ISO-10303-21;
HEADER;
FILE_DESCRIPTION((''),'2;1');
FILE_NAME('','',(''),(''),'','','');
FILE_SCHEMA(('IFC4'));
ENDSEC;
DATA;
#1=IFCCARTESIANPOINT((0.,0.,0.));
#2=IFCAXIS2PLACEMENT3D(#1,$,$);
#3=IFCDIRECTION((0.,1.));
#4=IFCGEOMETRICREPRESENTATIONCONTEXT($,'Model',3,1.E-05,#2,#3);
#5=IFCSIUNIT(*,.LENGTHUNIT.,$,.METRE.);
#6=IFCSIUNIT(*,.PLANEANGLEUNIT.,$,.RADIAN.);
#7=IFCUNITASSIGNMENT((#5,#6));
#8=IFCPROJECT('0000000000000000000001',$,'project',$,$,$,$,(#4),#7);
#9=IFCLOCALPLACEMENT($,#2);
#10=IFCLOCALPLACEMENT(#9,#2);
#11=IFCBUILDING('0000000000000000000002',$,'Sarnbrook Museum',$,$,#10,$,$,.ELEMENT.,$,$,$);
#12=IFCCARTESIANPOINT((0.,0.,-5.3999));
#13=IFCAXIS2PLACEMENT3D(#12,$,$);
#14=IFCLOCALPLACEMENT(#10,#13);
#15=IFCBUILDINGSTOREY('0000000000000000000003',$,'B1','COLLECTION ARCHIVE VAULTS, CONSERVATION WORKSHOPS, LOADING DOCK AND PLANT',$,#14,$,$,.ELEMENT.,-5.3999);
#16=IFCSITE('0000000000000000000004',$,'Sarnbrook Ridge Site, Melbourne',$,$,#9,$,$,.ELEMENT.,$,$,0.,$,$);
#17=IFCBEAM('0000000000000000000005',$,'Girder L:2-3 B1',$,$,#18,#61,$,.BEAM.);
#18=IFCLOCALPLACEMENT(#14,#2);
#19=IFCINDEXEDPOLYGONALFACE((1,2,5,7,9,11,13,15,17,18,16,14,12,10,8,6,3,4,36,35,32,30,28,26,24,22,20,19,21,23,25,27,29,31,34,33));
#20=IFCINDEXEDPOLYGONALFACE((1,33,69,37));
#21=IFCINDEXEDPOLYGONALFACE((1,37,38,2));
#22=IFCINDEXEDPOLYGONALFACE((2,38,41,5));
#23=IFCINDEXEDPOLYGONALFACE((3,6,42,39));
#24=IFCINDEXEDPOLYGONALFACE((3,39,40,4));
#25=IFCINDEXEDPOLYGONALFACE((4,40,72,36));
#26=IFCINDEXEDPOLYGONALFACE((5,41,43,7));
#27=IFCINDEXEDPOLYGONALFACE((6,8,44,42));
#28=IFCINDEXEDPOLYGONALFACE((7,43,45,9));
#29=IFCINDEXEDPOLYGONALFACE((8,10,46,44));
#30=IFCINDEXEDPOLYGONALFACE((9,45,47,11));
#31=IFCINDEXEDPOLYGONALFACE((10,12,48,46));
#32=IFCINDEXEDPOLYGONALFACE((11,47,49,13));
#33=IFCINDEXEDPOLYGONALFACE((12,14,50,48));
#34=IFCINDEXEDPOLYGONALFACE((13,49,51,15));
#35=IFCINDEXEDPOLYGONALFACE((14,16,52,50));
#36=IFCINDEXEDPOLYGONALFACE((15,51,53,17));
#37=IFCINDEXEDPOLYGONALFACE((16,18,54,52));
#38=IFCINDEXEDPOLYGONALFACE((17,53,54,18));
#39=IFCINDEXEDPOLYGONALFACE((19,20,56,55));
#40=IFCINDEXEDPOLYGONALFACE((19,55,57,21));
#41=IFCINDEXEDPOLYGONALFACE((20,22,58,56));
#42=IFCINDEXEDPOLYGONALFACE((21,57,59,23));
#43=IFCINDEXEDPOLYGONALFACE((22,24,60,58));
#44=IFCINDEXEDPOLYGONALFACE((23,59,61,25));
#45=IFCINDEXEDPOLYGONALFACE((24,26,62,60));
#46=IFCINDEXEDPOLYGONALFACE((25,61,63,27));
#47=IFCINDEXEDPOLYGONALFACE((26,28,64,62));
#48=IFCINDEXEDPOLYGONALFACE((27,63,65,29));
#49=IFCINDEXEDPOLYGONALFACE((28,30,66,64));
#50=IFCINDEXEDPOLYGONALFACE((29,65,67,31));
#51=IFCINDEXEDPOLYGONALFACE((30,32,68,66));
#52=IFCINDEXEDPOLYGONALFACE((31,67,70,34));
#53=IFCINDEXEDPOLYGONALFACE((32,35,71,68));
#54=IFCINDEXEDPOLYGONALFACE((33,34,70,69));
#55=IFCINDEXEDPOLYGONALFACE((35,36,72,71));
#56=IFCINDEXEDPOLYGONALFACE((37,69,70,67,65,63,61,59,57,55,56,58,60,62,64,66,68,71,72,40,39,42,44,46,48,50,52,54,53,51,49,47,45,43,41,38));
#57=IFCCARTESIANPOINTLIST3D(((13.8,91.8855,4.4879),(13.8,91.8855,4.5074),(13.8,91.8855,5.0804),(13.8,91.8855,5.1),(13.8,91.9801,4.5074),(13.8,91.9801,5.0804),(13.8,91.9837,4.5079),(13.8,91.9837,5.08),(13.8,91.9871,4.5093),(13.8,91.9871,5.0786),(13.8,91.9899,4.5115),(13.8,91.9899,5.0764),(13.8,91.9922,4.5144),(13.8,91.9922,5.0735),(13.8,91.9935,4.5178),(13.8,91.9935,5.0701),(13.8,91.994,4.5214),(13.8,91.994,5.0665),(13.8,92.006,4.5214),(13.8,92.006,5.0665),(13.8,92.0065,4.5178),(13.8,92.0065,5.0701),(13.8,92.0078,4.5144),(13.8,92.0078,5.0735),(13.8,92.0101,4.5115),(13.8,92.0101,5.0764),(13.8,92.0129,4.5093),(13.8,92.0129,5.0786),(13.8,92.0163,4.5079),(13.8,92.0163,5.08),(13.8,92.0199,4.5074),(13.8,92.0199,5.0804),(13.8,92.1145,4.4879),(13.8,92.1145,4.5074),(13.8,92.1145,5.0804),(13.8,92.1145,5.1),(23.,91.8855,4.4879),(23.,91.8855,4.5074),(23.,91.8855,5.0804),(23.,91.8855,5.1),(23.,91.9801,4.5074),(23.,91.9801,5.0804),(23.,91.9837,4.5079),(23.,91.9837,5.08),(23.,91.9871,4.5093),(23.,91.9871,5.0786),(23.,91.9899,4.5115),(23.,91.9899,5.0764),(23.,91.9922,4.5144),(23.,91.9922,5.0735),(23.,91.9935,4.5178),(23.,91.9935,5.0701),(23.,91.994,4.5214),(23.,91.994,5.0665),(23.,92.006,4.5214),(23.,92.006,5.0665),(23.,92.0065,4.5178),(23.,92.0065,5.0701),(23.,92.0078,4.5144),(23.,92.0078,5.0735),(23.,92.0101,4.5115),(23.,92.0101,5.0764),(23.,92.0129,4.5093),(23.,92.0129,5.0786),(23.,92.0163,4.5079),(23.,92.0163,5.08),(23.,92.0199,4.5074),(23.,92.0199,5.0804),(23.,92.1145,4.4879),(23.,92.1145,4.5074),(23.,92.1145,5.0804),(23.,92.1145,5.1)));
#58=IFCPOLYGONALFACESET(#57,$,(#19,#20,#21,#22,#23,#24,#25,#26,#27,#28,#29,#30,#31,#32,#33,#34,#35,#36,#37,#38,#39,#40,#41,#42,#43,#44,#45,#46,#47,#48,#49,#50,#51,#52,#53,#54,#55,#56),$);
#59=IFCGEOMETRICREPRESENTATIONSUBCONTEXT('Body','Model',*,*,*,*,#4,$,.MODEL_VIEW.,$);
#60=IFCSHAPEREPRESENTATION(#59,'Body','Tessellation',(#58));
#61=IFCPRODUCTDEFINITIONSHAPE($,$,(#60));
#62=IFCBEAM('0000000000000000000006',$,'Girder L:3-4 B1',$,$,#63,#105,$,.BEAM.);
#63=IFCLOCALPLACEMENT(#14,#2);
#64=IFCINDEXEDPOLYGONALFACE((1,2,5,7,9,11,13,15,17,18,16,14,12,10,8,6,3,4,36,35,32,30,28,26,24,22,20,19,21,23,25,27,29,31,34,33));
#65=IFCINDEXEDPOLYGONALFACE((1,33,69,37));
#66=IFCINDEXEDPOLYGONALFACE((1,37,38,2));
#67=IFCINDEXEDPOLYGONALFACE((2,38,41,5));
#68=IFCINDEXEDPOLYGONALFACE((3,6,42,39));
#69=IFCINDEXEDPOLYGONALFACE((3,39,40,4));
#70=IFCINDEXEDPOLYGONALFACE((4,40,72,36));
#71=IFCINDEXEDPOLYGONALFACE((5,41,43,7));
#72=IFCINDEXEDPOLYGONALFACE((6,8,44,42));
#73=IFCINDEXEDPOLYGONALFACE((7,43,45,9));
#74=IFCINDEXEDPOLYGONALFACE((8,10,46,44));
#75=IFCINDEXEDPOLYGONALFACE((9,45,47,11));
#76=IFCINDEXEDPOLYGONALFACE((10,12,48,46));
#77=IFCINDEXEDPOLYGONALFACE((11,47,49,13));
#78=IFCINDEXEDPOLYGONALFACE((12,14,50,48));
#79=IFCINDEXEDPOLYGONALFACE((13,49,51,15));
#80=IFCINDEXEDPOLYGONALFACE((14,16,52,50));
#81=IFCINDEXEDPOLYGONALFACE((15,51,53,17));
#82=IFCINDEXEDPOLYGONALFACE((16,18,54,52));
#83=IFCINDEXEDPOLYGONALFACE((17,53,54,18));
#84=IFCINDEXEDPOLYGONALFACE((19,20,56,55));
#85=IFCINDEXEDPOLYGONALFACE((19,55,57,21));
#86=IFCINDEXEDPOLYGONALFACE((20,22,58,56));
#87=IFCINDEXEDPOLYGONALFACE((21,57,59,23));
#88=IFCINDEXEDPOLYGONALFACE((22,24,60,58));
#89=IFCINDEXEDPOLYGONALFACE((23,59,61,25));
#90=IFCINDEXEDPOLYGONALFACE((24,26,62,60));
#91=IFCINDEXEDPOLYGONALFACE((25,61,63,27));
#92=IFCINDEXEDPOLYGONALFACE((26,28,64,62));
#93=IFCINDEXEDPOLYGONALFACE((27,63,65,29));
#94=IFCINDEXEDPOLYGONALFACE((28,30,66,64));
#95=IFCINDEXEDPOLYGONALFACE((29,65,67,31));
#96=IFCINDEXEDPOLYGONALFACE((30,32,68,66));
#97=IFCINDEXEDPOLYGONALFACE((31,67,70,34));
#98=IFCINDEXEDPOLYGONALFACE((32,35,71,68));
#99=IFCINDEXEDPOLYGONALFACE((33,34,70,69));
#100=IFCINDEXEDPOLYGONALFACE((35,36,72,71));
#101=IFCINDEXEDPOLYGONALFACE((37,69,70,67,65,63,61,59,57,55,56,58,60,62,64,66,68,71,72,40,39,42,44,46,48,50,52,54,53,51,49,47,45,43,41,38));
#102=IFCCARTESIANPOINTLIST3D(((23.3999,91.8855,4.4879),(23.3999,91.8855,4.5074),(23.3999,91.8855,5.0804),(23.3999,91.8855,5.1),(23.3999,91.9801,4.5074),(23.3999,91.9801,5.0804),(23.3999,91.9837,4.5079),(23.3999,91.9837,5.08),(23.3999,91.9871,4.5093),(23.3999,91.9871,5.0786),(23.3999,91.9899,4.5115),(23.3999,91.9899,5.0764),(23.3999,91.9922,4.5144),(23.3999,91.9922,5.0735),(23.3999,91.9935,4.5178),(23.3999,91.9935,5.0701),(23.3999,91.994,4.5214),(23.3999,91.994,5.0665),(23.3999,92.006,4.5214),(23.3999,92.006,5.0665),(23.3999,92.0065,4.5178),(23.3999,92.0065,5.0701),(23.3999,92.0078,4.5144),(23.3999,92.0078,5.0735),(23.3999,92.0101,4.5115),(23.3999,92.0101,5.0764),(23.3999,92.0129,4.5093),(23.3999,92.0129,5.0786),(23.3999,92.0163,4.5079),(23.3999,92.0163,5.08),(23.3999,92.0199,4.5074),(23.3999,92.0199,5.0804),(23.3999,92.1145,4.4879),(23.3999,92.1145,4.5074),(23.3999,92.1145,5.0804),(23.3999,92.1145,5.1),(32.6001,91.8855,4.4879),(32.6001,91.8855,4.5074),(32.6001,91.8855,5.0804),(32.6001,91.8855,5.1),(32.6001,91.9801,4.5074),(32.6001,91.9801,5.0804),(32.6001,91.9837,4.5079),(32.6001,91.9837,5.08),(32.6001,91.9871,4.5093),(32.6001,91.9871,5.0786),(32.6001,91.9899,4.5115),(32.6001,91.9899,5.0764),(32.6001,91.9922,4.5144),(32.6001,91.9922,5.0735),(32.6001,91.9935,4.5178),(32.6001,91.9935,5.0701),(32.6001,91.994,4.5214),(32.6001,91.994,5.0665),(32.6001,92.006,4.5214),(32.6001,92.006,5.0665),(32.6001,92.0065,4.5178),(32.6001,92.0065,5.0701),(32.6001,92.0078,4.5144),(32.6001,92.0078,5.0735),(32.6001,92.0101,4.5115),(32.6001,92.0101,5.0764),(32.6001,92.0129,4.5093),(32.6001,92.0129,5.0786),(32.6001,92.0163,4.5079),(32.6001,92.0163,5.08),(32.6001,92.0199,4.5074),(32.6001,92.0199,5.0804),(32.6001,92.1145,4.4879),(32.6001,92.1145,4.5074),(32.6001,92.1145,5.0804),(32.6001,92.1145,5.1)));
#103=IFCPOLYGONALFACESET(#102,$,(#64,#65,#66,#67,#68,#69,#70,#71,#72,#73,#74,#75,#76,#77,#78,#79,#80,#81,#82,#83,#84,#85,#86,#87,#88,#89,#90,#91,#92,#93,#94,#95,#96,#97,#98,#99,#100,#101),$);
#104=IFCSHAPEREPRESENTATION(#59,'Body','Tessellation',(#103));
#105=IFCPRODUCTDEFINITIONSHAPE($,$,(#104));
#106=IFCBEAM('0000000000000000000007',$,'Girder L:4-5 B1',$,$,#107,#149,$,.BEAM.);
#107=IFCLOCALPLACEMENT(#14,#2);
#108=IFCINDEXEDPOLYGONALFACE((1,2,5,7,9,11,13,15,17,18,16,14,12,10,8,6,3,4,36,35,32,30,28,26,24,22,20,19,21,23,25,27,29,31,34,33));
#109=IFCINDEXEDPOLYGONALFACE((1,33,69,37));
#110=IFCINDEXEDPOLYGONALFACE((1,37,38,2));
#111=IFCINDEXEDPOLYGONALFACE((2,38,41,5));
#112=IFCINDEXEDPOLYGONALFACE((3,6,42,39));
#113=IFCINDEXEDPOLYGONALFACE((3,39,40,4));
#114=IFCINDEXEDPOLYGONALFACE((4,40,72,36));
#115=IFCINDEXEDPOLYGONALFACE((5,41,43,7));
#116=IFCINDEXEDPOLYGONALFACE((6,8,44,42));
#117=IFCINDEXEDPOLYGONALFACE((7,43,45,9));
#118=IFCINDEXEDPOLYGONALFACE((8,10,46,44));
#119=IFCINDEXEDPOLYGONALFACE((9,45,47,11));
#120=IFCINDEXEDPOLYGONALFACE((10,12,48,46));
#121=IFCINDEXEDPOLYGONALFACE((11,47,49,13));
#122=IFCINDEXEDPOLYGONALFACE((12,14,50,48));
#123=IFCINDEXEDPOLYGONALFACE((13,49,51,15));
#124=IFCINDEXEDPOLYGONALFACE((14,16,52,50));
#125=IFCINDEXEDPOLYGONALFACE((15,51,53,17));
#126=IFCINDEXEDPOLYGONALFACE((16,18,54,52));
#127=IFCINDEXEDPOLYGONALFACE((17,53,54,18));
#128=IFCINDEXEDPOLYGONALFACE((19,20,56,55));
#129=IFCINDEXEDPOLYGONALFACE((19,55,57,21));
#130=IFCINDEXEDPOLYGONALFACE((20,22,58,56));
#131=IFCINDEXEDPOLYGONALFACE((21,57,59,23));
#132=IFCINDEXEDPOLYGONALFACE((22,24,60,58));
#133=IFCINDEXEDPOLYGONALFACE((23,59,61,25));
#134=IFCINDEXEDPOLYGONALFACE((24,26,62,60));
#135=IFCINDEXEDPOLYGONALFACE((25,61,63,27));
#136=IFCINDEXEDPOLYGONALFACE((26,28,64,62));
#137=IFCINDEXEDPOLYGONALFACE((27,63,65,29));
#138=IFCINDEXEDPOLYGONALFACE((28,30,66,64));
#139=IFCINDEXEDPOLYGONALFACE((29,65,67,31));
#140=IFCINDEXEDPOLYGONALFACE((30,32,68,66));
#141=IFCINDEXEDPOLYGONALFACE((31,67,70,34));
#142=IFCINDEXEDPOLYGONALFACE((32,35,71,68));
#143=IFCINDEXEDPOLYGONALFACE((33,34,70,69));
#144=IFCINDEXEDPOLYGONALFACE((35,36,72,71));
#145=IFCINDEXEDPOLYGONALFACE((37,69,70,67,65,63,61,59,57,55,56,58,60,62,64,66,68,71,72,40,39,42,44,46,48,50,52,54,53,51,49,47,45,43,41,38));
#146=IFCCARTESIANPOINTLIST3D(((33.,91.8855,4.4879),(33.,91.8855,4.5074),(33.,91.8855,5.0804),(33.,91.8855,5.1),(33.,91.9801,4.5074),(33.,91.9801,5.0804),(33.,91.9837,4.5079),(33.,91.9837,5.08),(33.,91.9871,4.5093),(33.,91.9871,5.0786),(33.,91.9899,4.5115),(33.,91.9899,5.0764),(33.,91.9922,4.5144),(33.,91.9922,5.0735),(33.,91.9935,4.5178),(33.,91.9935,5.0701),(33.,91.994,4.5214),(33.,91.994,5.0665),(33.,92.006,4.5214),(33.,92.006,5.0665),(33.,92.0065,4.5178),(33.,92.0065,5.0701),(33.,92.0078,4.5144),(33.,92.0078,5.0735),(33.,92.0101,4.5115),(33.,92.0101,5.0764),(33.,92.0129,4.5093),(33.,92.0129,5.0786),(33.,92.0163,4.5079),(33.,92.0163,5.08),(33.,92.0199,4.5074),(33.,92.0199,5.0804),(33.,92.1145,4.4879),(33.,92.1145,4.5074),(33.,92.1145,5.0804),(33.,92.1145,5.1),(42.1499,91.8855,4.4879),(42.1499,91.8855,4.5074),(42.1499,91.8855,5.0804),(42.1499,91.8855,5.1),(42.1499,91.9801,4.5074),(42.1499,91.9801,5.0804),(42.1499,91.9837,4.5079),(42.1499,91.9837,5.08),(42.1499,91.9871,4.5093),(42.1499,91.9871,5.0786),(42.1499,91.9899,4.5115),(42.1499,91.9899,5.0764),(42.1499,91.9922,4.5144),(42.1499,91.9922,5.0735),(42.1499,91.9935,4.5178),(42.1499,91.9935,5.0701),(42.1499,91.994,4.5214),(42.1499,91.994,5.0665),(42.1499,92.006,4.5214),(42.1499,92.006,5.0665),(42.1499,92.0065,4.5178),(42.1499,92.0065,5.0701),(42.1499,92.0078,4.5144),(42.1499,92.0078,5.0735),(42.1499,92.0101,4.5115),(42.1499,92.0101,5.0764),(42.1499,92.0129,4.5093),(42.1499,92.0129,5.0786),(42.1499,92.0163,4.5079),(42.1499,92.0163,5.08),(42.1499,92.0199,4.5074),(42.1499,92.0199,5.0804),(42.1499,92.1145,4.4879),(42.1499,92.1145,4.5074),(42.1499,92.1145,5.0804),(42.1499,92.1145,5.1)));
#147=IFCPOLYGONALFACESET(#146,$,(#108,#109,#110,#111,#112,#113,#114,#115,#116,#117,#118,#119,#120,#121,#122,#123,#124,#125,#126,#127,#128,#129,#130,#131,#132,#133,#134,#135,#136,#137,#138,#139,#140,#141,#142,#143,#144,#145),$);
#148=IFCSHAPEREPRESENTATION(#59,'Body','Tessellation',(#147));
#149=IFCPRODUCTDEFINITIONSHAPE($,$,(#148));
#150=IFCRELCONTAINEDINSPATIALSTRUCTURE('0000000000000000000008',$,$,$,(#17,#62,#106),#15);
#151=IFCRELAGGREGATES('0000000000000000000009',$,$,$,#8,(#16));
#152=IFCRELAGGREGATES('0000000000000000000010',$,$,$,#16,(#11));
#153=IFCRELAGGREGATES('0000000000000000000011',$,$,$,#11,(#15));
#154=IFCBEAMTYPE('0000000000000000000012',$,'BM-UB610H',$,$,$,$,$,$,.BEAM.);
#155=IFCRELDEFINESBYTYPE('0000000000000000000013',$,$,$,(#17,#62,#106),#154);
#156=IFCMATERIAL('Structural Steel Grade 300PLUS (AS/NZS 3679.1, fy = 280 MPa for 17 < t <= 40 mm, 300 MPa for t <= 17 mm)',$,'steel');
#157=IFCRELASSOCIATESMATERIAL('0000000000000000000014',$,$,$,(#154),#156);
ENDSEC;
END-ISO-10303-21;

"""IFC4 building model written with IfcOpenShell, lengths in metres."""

from ifc_helpers import new_model, si_unit, direction, frame, origin, origin_2d, place, context, subcontext, project, spatial, i_section, extrude, material, material_profile, profile_set, type_object, element, save


model = new_model("IFC4")

# Units and contexts
model_context = context("Model", 3, precision=1e-05, world=origin(), true_north=direction((0.0, 1.0)))
body_context = subcontext(model_context, "Body", "Model", "MODEL_VIEW")
ifc_project = project(units=[si_unit("LENGTHUNIT", "METRE"), si_unit("PLANEANGLEUNIT", "RADIAN")], contexts=[model_context])

# Site, building, storey
site_placement = place(None, origin())
site = spatial("IfcSite", under=ifc_project, at=site_placement, Name="Sarnbrook Ridge Site, Melbourne", CompositionType="ELEMENT", RefElevation=0.0)
building_placement = place(site_placement, origin())
building = spatial("IfcBuilding", under=site, at=building_placement, Name="Sarnbrook Museum", CompositionType="ELEMENT")
storey_placement = place(building_placement, frame((0.0, 0.0, -5.3999)))
storey = spatial("IfcBuildingStorey", under=building, at=storey_placement, Name="B1", Description="COLLECTION ARCHIVE VAULTS, CONSERVATION WORKSHOPS, LOADING DOCK AND PLANT", CompositionType="ELEMENT", Elevation=-5.3999)

# Beams
ifc_material_1 = material(Name="Structural Steel Grade 300PLUS (AS/NZS 3679.1, fy = 280 MPa for 17 < t <= 40 mm, 300 MPa for t <= 17 mm)", Category="steel")
ifc_material_profile_1 = material_profile(ifc_material_1, i_section(OverallWidth=0.229, OverallDepth=0.6121, WebThickness=0.012, FlangeThickness=0.0195, FilletRadius=0.0139, at=origin_2d()), Name="610UB125")
ifc_profile_set_1 = profile_set([ifc_material_profile_1], Name="Structural Steel Grade 300PLUS (AS/NZS 3679.1, fy = 280 MPa for 17 < t <= 40 mm, 300 MPa for t <= 17 mm)")
beam_type_1 = type_object("IfcBeamType", Name="BM-UB610H", PredefinedType="BEAM", material=ifc_profile_set_1)
beam_1_placement = place(storey_placement, frame((13.8, 92.0, 4.7939), z_axis=(1.0, 0.0, 0.0), x_axis=(0.0, 1.0, 0.0)))
element("IfcBeam", 1, at=beam_1_placement, inside=storey, type_object=beam_type_1, Name="Girder L:2-3 B1", PredefinedType="BEAM", context=body_context, shape_type="SweptSolid", body=[
    extrude(i_section(OverallWidth=0.229, OverallDepth=0.6121, WebThickness=0.012, FlangeThickness=0.0195, FilletRadius=0.0139, at=origin_2d()), origin(), (0.0, 0.0, 1.0), 9.2),
])
beam_2_placement = place(storey_placement, frame((23.3999, 92.0, 4.7939), z_axis=(1.0, 0.0, 0.0), x_axis=(0.0, 1.0, 0.0)))
element("IfcBeam", 2, at=beam_2_placement, inside=storey, type_object=beam_type_1, Name="Girder L:3-4 B1", PredefinedType="BEAM", context=body_context, shape_type="SweptSolid", body=[
    extrude(i_section(OverallWidth=0.229, OverallDepth=0.6121, WebThickness=0.012, FlangeThickness=0.0195, FilletRadius=0.0139, at=origin_2d()), origin(), (0.0, 0.0, 1.0), 9.2002),
])
beam_3_placement = place(storey_placement, frame((33.0, 92.0, 4.7939), z_axis=(1.0, 0.0, 0.0), x_axis=(0.0, 1.0, 0.0)))
element("IfcBeam", 3, at=beam_3_placement, inside=storey, type_object=beam_type_1, Name="Girder L:4-5 B1", PredefinedType="BEAM", context=body_context, shape_type="SweptSolid", body=[
    extrude(i_section(OverallWidth=0.229, OverallDepth=0.6121, WebThickness=0.012, FlangeThickness=0.0195, FilletRadius=0.0139, at=origin_2d()), origin(), (0.0, 0.0, 1.0), 9.1499),
])

save(model, "model.ifc")
